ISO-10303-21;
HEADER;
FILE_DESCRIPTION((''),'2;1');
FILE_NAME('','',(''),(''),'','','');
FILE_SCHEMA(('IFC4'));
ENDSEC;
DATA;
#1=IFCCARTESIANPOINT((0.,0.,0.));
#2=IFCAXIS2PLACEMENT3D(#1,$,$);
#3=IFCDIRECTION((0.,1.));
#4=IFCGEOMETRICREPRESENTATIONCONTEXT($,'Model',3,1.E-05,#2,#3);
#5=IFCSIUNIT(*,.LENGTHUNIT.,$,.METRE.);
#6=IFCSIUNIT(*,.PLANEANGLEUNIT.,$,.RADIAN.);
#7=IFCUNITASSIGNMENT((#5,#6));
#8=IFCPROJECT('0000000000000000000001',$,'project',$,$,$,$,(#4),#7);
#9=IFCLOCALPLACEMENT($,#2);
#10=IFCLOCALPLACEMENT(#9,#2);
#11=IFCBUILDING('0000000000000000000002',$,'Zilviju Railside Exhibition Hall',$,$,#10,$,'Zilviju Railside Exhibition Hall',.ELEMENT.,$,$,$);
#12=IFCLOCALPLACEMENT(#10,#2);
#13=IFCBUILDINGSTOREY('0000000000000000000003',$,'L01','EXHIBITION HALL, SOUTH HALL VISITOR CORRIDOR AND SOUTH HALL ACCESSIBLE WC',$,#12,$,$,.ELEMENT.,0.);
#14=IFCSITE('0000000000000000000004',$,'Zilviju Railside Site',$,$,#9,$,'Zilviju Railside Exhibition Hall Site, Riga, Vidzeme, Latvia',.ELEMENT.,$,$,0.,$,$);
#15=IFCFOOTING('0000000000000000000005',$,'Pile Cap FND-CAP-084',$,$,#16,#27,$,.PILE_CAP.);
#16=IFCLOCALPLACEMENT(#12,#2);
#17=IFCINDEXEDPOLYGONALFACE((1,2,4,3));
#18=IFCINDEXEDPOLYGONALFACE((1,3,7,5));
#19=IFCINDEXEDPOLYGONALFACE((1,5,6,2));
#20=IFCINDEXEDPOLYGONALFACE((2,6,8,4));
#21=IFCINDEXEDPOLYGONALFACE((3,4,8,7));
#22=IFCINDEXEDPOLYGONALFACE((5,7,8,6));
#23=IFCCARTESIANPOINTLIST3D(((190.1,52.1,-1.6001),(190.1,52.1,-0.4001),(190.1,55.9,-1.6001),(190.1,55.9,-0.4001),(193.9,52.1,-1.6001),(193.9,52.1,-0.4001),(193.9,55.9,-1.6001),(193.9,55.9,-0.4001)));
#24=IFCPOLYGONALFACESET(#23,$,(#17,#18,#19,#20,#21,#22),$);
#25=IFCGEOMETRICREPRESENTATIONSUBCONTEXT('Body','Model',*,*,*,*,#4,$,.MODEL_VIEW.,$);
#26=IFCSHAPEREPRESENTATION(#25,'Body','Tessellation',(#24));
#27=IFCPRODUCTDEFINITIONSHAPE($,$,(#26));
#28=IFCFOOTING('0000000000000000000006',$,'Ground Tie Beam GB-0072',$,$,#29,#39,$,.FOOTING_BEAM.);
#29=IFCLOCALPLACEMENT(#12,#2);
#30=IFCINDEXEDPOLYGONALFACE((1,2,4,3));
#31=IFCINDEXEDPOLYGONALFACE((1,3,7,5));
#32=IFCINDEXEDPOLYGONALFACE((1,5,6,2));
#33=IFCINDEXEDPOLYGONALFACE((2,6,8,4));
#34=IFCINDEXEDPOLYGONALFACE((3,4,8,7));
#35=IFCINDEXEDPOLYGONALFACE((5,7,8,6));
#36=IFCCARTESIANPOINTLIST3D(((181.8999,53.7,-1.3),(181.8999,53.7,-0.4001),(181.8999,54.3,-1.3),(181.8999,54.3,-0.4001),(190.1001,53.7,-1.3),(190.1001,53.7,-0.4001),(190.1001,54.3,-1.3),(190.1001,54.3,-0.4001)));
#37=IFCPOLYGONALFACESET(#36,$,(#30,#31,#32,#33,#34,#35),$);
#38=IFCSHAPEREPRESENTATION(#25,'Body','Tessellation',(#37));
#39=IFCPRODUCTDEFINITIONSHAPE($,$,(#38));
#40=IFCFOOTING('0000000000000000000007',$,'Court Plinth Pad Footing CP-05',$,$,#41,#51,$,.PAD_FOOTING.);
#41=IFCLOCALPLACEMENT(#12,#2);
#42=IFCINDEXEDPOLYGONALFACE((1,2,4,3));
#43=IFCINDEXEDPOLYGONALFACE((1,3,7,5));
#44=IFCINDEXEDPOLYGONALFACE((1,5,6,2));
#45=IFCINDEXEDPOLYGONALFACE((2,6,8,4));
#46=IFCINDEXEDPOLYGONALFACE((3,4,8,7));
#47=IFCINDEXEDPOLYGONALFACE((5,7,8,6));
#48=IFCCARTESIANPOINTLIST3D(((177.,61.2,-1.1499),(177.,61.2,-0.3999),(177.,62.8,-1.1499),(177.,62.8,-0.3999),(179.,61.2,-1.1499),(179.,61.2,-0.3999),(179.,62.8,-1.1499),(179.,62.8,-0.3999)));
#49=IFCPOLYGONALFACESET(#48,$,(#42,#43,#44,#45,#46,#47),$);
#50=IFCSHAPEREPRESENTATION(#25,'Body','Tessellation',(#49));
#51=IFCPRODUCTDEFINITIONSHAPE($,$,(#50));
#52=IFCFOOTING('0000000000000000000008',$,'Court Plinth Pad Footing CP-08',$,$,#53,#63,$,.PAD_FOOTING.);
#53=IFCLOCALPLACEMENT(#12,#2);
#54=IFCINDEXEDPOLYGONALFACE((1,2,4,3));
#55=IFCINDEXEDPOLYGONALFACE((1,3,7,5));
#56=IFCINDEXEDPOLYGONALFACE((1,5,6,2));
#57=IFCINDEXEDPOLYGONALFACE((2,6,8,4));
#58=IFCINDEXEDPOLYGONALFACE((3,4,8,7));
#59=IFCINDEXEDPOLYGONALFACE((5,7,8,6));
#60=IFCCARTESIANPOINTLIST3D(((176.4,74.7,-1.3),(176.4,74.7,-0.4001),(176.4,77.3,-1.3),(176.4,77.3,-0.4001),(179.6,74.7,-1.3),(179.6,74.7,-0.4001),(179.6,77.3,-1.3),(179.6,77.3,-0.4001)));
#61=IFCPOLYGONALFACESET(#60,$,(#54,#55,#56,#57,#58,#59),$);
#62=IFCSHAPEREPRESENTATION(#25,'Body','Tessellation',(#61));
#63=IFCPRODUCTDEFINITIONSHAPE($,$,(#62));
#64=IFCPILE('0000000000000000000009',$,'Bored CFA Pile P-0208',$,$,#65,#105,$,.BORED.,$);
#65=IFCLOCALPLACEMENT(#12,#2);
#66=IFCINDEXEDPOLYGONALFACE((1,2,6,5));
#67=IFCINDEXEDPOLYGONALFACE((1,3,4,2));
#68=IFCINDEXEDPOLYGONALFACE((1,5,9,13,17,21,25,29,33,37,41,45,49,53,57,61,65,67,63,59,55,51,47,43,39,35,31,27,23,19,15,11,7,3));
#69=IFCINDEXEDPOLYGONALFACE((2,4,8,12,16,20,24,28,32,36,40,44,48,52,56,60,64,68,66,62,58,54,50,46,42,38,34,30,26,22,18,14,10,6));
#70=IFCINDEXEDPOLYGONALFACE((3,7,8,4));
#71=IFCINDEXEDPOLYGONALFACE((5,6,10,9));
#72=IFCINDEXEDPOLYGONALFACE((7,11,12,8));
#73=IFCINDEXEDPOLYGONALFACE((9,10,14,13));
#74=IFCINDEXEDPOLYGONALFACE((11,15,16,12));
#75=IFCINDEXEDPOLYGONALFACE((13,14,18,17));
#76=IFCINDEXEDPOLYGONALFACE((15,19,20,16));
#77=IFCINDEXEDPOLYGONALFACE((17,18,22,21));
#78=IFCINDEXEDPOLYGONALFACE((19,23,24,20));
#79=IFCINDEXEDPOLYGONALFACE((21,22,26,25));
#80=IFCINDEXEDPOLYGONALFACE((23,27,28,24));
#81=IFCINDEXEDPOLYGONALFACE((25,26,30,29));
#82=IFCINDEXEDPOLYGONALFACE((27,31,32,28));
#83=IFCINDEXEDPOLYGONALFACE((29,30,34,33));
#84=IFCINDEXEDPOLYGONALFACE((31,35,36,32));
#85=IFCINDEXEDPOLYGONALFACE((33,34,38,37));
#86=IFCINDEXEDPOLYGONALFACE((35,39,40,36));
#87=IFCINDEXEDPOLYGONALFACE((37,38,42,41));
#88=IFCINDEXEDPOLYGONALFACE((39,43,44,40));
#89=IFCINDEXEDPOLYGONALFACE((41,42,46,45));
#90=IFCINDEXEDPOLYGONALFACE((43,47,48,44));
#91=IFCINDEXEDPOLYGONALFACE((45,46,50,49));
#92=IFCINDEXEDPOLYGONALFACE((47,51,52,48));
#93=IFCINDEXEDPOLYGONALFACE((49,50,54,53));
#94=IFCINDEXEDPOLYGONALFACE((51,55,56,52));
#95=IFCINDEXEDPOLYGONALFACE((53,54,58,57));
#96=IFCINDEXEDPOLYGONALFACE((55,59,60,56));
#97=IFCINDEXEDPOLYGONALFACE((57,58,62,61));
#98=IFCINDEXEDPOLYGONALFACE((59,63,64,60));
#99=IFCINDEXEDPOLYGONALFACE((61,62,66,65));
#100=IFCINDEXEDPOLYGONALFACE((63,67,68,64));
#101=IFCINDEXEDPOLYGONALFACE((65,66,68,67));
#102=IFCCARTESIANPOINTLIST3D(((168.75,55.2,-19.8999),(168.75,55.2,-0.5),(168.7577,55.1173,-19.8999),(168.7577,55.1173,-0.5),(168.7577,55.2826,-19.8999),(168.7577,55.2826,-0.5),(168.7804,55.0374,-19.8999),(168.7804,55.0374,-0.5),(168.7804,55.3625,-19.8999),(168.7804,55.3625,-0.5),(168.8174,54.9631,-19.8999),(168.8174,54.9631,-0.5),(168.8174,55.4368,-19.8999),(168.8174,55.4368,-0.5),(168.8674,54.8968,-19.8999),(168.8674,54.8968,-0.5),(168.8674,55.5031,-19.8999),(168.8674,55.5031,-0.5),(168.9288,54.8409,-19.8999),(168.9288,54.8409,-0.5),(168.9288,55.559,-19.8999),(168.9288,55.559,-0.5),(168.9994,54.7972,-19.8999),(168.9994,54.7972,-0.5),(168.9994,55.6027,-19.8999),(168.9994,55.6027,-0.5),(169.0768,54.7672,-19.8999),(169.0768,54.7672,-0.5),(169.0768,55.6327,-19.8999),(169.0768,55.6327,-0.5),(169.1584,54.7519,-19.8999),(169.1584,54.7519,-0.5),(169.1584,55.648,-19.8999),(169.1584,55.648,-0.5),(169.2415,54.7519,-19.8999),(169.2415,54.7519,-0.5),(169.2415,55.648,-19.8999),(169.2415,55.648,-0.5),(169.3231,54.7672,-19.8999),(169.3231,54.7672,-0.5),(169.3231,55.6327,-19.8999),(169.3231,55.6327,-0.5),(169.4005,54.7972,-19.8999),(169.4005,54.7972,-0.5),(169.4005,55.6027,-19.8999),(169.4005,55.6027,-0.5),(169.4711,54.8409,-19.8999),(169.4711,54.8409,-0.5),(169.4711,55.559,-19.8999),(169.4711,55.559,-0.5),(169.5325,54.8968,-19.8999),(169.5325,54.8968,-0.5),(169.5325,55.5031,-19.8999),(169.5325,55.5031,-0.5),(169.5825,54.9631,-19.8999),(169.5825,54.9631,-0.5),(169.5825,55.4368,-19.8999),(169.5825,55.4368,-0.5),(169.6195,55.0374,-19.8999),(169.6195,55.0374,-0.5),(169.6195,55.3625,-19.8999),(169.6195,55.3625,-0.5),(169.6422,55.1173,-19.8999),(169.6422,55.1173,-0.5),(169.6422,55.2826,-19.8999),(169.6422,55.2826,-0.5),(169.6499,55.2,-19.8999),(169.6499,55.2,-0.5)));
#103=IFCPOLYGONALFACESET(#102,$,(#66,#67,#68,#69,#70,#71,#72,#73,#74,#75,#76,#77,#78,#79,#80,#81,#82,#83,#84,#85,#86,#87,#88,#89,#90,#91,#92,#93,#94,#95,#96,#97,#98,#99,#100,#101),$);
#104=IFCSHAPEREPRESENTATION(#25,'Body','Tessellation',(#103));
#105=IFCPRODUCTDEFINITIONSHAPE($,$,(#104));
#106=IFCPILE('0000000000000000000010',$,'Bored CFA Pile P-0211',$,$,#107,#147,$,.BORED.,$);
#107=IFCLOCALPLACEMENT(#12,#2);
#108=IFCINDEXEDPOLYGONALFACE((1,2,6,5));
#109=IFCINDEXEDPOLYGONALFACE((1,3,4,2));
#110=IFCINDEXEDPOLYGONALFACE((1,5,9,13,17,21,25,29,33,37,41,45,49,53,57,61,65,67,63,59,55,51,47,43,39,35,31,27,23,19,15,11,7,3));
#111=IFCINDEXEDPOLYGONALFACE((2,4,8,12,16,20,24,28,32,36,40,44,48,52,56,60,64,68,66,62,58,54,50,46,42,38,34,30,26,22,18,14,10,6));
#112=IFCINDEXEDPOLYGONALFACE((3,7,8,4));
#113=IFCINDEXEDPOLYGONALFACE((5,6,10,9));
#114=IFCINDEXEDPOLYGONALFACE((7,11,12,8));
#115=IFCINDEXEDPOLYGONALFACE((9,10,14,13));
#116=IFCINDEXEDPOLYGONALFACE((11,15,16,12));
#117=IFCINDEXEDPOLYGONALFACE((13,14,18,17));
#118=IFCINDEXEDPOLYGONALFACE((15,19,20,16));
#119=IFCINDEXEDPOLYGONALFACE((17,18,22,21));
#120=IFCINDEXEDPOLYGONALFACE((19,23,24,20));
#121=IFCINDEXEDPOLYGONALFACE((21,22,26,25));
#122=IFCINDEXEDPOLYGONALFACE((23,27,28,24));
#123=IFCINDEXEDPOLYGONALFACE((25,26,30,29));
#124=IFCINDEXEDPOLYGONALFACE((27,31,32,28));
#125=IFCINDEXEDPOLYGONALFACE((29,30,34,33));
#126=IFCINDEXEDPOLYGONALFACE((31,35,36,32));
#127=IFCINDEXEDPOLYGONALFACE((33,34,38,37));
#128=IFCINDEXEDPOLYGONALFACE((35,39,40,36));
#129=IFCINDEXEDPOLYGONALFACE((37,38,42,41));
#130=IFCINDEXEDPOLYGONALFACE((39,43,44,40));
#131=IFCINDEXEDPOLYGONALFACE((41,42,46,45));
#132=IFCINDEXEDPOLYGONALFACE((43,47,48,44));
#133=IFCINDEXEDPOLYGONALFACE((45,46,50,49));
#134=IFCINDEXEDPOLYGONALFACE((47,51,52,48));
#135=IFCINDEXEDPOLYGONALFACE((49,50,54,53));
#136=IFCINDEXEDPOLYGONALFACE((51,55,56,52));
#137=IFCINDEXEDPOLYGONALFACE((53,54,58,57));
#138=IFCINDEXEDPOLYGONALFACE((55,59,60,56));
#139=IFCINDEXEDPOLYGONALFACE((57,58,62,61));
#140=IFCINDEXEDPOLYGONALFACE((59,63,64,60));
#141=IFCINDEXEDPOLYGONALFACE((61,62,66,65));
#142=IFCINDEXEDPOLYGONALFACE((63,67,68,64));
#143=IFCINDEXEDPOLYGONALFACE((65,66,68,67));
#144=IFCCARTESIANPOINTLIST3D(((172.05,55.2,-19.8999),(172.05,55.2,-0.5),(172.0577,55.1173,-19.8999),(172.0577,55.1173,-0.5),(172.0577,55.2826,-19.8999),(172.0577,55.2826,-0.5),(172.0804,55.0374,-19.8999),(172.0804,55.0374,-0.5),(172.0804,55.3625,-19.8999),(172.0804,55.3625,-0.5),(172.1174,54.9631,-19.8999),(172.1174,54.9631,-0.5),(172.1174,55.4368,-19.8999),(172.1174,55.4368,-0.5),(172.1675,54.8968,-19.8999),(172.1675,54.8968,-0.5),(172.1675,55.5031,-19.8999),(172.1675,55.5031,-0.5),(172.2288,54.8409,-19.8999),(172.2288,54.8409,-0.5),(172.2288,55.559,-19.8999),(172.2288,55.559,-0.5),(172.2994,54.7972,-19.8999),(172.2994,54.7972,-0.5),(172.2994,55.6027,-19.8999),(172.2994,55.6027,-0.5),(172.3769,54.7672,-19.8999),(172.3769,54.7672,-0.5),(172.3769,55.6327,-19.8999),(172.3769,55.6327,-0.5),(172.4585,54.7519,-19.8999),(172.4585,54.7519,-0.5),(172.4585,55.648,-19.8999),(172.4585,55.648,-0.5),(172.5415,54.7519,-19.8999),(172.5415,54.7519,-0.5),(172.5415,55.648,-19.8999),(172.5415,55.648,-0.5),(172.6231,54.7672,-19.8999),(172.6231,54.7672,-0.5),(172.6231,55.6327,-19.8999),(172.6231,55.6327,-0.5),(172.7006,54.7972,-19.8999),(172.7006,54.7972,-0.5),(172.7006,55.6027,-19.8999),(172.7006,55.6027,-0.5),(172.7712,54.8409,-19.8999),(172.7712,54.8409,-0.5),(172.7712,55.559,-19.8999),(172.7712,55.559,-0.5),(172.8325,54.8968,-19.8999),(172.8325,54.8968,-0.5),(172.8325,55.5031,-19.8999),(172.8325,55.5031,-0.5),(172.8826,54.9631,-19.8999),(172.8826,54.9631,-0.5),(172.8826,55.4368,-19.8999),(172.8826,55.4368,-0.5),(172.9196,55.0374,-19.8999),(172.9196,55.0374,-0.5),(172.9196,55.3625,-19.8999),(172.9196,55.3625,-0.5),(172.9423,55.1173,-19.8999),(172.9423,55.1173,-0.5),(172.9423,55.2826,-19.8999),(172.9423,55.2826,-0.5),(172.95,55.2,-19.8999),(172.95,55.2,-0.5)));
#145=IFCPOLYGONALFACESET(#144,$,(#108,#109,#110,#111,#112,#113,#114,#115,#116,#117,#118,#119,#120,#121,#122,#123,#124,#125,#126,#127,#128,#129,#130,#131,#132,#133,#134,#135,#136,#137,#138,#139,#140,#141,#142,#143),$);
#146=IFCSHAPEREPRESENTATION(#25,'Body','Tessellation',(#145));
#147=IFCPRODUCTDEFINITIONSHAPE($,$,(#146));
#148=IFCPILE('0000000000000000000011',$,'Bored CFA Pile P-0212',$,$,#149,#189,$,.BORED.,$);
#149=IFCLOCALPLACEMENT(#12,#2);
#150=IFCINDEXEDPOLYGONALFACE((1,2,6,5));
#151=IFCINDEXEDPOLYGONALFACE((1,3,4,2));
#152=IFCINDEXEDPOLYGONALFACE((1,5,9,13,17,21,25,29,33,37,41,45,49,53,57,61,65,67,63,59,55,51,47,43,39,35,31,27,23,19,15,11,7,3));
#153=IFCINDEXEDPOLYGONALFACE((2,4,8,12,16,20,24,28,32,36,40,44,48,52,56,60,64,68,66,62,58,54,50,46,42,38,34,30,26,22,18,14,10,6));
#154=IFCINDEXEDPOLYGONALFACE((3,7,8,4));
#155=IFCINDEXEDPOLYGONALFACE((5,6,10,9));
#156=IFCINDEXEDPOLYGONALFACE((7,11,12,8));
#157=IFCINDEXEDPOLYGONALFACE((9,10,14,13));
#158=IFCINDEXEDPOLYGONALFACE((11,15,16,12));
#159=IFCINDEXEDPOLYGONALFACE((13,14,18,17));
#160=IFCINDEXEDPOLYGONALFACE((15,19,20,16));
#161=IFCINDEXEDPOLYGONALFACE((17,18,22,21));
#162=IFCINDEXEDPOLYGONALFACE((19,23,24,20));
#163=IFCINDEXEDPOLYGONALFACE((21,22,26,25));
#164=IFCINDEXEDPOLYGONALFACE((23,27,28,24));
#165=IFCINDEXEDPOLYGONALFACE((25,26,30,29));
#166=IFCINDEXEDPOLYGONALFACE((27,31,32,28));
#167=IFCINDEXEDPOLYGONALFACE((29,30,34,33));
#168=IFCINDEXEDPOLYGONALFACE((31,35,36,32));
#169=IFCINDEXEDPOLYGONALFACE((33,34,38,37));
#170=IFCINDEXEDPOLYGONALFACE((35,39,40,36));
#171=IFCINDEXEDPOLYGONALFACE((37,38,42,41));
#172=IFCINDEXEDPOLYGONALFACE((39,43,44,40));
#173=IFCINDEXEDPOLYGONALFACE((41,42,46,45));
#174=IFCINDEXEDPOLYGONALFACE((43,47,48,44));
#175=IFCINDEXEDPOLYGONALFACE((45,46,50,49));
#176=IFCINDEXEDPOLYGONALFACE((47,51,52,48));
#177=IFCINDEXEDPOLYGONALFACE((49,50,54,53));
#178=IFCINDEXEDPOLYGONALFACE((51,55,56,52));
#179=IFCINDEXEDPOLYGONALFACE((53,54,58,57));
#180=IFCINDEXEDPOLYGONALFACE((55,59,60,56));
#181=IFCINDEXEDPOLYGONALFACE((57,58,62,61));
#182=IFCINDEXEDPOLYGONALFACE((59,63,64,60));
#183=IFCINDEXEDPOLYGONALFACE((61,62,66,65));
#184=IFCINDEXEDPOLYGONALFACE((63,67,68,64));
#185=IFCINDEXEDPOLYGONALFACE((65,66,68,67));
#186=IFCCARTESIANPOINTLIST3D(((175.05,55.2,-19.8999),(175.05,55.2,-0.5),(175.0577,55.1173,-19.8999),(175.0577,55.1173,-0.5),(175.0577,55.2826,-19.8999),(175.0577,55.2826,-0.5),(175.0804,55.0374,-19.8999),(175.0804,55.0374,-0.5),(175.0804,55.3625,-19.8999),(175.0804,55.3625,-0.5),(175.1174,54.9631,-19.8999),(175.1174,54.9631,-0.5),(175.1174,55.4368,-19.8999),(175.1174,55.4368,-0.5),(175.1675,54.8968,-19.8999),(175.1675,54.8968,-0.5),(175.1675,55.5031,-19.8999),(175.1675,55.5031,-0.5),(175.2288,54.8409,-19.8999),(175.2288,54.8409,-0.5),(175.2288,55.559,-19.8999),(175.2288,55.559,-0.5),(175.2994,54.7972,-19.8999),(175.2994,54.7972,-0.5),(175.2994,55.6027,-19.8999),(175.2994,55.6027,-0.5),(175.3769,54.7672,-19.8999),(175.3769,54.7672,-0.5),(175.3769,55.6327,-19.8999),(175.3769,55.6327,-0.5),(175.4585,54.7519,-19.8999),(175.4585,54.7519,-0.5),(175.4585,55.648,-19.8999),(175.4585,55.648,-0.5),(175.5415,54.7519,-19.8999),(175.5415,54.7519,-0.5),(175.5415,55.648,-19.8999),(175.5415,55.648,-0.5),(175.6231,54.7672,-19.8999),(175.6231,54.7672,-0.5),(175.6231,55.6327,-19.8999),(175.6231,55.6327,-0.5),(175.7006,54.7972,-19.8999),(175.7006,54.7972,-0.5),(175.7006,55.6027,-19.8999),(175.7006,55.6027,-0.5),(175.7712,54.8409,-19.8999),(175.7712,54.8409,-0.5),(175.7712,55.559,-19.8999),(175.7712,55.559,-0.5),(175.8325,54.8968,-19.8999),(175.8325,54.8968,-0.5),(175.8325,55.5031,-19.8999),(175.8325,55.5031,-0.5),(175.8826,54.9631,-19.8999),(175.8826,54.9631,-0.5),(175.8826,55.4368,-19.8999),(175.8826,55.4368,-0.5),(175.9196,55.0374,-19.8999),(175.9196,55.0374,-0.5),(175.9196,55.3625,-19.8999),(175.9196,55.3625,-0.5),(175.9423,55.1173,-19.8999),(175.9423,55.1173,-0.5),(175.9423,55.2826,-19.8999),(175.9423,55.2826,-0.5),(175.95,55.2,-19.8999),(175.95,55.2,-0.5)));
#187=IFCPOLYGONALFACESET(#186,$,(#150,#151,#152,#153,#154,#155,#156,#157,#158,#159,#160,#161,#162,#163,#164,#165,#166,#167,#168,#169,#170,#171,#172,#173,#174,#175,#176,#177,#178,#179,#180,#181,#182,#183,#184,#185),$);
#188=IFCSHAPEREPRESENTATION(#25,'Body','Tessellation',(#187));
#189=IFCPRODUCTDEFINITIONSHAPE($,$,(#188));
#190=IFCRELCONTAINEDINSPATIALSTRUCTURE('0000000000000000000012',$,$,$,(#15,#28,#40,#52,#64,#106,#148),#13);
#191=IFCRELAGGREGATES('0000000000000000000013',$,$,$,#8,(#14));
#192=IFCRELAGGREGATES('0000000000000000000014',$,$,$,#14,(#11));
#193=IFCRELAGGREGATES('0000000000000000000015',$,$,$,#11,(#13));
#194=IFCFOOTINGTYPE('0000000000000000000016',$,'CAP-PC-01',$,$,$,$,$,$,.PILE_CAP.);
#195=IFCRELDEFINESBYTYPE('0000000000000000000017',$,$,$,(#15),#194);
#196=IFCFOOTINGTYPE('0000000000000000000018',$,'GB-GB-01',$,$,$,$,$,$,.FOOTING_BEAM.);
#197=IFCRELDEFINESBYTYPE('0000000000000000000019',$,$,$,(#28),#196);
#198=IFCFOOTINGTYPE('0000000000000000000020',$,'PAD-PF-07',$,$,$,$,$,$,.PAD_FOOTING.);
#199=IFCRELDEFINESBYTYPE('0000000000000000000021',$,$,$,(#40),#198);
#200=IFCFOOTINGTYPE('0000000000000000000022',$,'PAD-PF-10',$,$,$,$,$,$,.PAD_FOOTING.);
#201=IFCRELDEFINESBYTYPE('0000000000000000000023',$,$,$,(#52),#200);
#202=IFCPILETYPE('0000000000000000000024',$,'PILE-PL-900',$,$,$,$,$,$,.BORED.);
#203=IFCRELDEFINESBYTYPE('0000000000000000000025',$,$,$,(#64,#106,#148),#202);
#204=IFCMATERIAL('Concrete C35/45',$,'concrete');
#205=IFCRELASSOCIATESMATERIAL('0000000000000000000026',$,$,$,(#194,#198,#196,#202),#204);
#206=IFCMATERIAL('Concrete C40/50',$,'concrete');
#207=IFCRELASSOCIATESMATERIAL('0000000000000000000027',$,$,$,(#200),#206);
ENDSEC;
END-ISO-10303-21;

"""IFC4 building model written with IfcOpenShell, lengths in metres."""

from ifc_helpers import new_model, si_unit, direction, frame, origin, origin_2d, place, context, subcontext, project, spatial, rectangle, circle, extrude, material, material_profile, profile_set, type_object, element, save


model = new_model("IFC4")

# Units and contexts
model_context = context("Model", 3, precision=1e-05, world=origin(), true_north=direction((0.0, 1.0)))
body_context = subcontext(model_context, "Body", "Model", "MODEL_VIEW")
ifc_project = project(units=[si_unit("LENGTHUNIT", "METRE"), si_unit("PLANEANGLEUNIT", "RADIAN")], contexts=[model_context])

# Site, building, storey
site_placement = place(None, origin())
site = spatial("IfcSite", under=ifc_project, at=site_placement, Name="Zilviju Railside Site", LongName="Zilviju Railside Exhibition Hall Site, Riga, Vidzeme, Latvia", CompositionType="ELEMENT", RefElevation=0.0)
building_placement = place(site_placement, origin())
building = spatial("IfcBuilding", under=site, at=building_placement, Name="Zilviju Railside Exhibition Hall", LongName="Zilviju Railside Exhibition Hall", CompositionType="ELEMENT")
storey_placement = place(building_placement, origin())
storey = spatial("IfcBuildingStorey", under=building, at=storey_placement, Name="L01", Description="EXHIBITION HALL, SOUTH HALL VISITOR CORRIDOR AND SOUTH HALL ACCESSIBLE WC", CompositionType="ELEMENT", Elevation=0.0)

# Footings
ifc_material_1 = material(Name="Concrete C35/45", Category="concrete")
footing_type_1 = type_object("IfcFootingType", Name="CAP-PC-01", PredefinedType="PILE_CAP", material=ifc_material_1)
footing_1_placement = place(storey_placement, frame((192.0, 54.0, -1.6001), z_axis=(0.0, 0.0, 1.0), x_axis=(1.0, 0.0, 0.0)))
element("IfcFooting", 1, at=footing_1_placement, inside=storey, type_object=footing_type_1, Name="Pile Cap FND-CAP-084", PredefinedType="PILE_CAP", context=body_context, shape_type="SweptSolid", body=[
    extrude(rectangle(XDim=3.8, YDim=3.8, at=origin_2d()), origin(), (0.0, 0.0, 1.0), 1.2),
])
ifc_material_profile_1 = material_profile(ifc_material_1, rectangle(XDim=0.6001, YDim=0.8999, at=origin_2d()), Name="TIE BEAM 600x900")
ifc_profile_set_1 = profile_set([ifc_material_profile_1], Name="Concrete C35/45")
footing_type_2 = type_object("IfcFootingType", Name="GB-GB-01", PredefinedType="FOOTING_BEAM", material=ifc_profile_set_1)
footing_2_placement = place(storey_placement, frame((181.8999, 54.0, -0.8501), z_axis=(1.0, 0.0, 0.0), x_axis=(0.0, 1.0, 0.0)))
element("IfcFooting", 2, at=footing_2_placement, inside=storey, type_object=footing_type_2, Name="Ground Tie Beam GB-0072", PredefinedType="FOOTING_BEAM", context=body_context, shape_type="SweptSolid", body=[
    extrude(rectangle(XDim=0.6001, YDim=0.8999, at=origin_2d()), origin(), (0.0, 0.0, 1.0), 8.2002),
])
footing_type_3 = type_object("IfcFootingType", Name="PAD-PF-07", PredefinedType="PAD_FOOTING", material=ifc_material_1)
footing_3_placement = place(storey_placement, frame((178.0, 62.0, -1.1499), z_axis=(0.0, 0.0, 1.0), x_axis=(1.0, 0.0, 0.0)))
element("IfcFooting", 3, at=footing_3_placement, inside=storey, type_object=footing_type_3, Name="Court Plinth Pad Footing CP-05", PredefinedType="PAD_FOOTING", context=body_context, shape_type="SweptSolid", body=[
    extrude(rectangle(XDim=2.0, YDim=1.6001, at=origin_2d()), origin(), (0.0, 0.0, 1.0), 0.75),
])
ifc_material_2 = material(Name="Concrete C40/50", Category="concrete")
footing_type_4 = type_object("IfcFootingType", Name="PAD-PF-10", PredefinedType="PAD_FOOTING", material=ifc_material_2)
footing_4_placement = place(storey_placement, frame((178.0, 76.0, -1.3), z_axis=(0.0, 0.0, 1.0), x_axis=(1.0, 0.0, 0.0)))
element("IfcFooting", 4, at=footing_4_placement, inside=storey, type_object=footing_type_4, Name="Court Plinth Pad Footing CP-08", PredefinedType="PAD_FOOTING", context=body_context, shape_type="SweptSolid", body=[
    extrude(rectangle(XDim=3.2, YDim=2.6001, at=origin_2d()), origin(), (0.0, 0.0, 1.0), 0.8999),
])

# Piles
ifc_material_profile_2 = material_profile(ifc_material_1, circle(Radius=0.45, at=origin_2d()), Name="CFA PILE D900")
ifc_profile_set_2 = profile_set([ifc_material_profile_2], Name="Concrete C35/45")
pile_type = type_object("IfcPileType", Name="PILE-PL-900", PredefinedType="BORED", material=ifc_profile_set_2)
for number, where, z_axis, x_axis, name in (
    (5, (169.2, 55.2, -0.5), (0.0, 0.0, -1.0), (1.0, 0.0, 0.0), "Bored CFA Pile P-0208"),
    (6, (172.5, 55.2, -0.5), (0.0, 0.0, -1.0), (1.0, 0.0, 0.0), "Bored CFA Pile P-0211"),
    (7, (175.5, 55.2, -0.5), (0.0, 0.0, -1.0), (1.0, 0.0, 0.0), "Bored CFA Pile P-0212"),
):
    element("IfcPile", number, at=place(storey_placement, frame(where, z_axis=z_axis, x_axis=x_axis)), inside=storey, type_object=pile_type, Name=name, PredefinedType="BORED", context=body_context, shape_type="SweptSolid", body=[
        extrude(circle(Radius=0.45, at=origin_2d()), origin(), (0.0, 0.0, 1.0), 19.3999),
    ])

save(model, "model.ifc")
